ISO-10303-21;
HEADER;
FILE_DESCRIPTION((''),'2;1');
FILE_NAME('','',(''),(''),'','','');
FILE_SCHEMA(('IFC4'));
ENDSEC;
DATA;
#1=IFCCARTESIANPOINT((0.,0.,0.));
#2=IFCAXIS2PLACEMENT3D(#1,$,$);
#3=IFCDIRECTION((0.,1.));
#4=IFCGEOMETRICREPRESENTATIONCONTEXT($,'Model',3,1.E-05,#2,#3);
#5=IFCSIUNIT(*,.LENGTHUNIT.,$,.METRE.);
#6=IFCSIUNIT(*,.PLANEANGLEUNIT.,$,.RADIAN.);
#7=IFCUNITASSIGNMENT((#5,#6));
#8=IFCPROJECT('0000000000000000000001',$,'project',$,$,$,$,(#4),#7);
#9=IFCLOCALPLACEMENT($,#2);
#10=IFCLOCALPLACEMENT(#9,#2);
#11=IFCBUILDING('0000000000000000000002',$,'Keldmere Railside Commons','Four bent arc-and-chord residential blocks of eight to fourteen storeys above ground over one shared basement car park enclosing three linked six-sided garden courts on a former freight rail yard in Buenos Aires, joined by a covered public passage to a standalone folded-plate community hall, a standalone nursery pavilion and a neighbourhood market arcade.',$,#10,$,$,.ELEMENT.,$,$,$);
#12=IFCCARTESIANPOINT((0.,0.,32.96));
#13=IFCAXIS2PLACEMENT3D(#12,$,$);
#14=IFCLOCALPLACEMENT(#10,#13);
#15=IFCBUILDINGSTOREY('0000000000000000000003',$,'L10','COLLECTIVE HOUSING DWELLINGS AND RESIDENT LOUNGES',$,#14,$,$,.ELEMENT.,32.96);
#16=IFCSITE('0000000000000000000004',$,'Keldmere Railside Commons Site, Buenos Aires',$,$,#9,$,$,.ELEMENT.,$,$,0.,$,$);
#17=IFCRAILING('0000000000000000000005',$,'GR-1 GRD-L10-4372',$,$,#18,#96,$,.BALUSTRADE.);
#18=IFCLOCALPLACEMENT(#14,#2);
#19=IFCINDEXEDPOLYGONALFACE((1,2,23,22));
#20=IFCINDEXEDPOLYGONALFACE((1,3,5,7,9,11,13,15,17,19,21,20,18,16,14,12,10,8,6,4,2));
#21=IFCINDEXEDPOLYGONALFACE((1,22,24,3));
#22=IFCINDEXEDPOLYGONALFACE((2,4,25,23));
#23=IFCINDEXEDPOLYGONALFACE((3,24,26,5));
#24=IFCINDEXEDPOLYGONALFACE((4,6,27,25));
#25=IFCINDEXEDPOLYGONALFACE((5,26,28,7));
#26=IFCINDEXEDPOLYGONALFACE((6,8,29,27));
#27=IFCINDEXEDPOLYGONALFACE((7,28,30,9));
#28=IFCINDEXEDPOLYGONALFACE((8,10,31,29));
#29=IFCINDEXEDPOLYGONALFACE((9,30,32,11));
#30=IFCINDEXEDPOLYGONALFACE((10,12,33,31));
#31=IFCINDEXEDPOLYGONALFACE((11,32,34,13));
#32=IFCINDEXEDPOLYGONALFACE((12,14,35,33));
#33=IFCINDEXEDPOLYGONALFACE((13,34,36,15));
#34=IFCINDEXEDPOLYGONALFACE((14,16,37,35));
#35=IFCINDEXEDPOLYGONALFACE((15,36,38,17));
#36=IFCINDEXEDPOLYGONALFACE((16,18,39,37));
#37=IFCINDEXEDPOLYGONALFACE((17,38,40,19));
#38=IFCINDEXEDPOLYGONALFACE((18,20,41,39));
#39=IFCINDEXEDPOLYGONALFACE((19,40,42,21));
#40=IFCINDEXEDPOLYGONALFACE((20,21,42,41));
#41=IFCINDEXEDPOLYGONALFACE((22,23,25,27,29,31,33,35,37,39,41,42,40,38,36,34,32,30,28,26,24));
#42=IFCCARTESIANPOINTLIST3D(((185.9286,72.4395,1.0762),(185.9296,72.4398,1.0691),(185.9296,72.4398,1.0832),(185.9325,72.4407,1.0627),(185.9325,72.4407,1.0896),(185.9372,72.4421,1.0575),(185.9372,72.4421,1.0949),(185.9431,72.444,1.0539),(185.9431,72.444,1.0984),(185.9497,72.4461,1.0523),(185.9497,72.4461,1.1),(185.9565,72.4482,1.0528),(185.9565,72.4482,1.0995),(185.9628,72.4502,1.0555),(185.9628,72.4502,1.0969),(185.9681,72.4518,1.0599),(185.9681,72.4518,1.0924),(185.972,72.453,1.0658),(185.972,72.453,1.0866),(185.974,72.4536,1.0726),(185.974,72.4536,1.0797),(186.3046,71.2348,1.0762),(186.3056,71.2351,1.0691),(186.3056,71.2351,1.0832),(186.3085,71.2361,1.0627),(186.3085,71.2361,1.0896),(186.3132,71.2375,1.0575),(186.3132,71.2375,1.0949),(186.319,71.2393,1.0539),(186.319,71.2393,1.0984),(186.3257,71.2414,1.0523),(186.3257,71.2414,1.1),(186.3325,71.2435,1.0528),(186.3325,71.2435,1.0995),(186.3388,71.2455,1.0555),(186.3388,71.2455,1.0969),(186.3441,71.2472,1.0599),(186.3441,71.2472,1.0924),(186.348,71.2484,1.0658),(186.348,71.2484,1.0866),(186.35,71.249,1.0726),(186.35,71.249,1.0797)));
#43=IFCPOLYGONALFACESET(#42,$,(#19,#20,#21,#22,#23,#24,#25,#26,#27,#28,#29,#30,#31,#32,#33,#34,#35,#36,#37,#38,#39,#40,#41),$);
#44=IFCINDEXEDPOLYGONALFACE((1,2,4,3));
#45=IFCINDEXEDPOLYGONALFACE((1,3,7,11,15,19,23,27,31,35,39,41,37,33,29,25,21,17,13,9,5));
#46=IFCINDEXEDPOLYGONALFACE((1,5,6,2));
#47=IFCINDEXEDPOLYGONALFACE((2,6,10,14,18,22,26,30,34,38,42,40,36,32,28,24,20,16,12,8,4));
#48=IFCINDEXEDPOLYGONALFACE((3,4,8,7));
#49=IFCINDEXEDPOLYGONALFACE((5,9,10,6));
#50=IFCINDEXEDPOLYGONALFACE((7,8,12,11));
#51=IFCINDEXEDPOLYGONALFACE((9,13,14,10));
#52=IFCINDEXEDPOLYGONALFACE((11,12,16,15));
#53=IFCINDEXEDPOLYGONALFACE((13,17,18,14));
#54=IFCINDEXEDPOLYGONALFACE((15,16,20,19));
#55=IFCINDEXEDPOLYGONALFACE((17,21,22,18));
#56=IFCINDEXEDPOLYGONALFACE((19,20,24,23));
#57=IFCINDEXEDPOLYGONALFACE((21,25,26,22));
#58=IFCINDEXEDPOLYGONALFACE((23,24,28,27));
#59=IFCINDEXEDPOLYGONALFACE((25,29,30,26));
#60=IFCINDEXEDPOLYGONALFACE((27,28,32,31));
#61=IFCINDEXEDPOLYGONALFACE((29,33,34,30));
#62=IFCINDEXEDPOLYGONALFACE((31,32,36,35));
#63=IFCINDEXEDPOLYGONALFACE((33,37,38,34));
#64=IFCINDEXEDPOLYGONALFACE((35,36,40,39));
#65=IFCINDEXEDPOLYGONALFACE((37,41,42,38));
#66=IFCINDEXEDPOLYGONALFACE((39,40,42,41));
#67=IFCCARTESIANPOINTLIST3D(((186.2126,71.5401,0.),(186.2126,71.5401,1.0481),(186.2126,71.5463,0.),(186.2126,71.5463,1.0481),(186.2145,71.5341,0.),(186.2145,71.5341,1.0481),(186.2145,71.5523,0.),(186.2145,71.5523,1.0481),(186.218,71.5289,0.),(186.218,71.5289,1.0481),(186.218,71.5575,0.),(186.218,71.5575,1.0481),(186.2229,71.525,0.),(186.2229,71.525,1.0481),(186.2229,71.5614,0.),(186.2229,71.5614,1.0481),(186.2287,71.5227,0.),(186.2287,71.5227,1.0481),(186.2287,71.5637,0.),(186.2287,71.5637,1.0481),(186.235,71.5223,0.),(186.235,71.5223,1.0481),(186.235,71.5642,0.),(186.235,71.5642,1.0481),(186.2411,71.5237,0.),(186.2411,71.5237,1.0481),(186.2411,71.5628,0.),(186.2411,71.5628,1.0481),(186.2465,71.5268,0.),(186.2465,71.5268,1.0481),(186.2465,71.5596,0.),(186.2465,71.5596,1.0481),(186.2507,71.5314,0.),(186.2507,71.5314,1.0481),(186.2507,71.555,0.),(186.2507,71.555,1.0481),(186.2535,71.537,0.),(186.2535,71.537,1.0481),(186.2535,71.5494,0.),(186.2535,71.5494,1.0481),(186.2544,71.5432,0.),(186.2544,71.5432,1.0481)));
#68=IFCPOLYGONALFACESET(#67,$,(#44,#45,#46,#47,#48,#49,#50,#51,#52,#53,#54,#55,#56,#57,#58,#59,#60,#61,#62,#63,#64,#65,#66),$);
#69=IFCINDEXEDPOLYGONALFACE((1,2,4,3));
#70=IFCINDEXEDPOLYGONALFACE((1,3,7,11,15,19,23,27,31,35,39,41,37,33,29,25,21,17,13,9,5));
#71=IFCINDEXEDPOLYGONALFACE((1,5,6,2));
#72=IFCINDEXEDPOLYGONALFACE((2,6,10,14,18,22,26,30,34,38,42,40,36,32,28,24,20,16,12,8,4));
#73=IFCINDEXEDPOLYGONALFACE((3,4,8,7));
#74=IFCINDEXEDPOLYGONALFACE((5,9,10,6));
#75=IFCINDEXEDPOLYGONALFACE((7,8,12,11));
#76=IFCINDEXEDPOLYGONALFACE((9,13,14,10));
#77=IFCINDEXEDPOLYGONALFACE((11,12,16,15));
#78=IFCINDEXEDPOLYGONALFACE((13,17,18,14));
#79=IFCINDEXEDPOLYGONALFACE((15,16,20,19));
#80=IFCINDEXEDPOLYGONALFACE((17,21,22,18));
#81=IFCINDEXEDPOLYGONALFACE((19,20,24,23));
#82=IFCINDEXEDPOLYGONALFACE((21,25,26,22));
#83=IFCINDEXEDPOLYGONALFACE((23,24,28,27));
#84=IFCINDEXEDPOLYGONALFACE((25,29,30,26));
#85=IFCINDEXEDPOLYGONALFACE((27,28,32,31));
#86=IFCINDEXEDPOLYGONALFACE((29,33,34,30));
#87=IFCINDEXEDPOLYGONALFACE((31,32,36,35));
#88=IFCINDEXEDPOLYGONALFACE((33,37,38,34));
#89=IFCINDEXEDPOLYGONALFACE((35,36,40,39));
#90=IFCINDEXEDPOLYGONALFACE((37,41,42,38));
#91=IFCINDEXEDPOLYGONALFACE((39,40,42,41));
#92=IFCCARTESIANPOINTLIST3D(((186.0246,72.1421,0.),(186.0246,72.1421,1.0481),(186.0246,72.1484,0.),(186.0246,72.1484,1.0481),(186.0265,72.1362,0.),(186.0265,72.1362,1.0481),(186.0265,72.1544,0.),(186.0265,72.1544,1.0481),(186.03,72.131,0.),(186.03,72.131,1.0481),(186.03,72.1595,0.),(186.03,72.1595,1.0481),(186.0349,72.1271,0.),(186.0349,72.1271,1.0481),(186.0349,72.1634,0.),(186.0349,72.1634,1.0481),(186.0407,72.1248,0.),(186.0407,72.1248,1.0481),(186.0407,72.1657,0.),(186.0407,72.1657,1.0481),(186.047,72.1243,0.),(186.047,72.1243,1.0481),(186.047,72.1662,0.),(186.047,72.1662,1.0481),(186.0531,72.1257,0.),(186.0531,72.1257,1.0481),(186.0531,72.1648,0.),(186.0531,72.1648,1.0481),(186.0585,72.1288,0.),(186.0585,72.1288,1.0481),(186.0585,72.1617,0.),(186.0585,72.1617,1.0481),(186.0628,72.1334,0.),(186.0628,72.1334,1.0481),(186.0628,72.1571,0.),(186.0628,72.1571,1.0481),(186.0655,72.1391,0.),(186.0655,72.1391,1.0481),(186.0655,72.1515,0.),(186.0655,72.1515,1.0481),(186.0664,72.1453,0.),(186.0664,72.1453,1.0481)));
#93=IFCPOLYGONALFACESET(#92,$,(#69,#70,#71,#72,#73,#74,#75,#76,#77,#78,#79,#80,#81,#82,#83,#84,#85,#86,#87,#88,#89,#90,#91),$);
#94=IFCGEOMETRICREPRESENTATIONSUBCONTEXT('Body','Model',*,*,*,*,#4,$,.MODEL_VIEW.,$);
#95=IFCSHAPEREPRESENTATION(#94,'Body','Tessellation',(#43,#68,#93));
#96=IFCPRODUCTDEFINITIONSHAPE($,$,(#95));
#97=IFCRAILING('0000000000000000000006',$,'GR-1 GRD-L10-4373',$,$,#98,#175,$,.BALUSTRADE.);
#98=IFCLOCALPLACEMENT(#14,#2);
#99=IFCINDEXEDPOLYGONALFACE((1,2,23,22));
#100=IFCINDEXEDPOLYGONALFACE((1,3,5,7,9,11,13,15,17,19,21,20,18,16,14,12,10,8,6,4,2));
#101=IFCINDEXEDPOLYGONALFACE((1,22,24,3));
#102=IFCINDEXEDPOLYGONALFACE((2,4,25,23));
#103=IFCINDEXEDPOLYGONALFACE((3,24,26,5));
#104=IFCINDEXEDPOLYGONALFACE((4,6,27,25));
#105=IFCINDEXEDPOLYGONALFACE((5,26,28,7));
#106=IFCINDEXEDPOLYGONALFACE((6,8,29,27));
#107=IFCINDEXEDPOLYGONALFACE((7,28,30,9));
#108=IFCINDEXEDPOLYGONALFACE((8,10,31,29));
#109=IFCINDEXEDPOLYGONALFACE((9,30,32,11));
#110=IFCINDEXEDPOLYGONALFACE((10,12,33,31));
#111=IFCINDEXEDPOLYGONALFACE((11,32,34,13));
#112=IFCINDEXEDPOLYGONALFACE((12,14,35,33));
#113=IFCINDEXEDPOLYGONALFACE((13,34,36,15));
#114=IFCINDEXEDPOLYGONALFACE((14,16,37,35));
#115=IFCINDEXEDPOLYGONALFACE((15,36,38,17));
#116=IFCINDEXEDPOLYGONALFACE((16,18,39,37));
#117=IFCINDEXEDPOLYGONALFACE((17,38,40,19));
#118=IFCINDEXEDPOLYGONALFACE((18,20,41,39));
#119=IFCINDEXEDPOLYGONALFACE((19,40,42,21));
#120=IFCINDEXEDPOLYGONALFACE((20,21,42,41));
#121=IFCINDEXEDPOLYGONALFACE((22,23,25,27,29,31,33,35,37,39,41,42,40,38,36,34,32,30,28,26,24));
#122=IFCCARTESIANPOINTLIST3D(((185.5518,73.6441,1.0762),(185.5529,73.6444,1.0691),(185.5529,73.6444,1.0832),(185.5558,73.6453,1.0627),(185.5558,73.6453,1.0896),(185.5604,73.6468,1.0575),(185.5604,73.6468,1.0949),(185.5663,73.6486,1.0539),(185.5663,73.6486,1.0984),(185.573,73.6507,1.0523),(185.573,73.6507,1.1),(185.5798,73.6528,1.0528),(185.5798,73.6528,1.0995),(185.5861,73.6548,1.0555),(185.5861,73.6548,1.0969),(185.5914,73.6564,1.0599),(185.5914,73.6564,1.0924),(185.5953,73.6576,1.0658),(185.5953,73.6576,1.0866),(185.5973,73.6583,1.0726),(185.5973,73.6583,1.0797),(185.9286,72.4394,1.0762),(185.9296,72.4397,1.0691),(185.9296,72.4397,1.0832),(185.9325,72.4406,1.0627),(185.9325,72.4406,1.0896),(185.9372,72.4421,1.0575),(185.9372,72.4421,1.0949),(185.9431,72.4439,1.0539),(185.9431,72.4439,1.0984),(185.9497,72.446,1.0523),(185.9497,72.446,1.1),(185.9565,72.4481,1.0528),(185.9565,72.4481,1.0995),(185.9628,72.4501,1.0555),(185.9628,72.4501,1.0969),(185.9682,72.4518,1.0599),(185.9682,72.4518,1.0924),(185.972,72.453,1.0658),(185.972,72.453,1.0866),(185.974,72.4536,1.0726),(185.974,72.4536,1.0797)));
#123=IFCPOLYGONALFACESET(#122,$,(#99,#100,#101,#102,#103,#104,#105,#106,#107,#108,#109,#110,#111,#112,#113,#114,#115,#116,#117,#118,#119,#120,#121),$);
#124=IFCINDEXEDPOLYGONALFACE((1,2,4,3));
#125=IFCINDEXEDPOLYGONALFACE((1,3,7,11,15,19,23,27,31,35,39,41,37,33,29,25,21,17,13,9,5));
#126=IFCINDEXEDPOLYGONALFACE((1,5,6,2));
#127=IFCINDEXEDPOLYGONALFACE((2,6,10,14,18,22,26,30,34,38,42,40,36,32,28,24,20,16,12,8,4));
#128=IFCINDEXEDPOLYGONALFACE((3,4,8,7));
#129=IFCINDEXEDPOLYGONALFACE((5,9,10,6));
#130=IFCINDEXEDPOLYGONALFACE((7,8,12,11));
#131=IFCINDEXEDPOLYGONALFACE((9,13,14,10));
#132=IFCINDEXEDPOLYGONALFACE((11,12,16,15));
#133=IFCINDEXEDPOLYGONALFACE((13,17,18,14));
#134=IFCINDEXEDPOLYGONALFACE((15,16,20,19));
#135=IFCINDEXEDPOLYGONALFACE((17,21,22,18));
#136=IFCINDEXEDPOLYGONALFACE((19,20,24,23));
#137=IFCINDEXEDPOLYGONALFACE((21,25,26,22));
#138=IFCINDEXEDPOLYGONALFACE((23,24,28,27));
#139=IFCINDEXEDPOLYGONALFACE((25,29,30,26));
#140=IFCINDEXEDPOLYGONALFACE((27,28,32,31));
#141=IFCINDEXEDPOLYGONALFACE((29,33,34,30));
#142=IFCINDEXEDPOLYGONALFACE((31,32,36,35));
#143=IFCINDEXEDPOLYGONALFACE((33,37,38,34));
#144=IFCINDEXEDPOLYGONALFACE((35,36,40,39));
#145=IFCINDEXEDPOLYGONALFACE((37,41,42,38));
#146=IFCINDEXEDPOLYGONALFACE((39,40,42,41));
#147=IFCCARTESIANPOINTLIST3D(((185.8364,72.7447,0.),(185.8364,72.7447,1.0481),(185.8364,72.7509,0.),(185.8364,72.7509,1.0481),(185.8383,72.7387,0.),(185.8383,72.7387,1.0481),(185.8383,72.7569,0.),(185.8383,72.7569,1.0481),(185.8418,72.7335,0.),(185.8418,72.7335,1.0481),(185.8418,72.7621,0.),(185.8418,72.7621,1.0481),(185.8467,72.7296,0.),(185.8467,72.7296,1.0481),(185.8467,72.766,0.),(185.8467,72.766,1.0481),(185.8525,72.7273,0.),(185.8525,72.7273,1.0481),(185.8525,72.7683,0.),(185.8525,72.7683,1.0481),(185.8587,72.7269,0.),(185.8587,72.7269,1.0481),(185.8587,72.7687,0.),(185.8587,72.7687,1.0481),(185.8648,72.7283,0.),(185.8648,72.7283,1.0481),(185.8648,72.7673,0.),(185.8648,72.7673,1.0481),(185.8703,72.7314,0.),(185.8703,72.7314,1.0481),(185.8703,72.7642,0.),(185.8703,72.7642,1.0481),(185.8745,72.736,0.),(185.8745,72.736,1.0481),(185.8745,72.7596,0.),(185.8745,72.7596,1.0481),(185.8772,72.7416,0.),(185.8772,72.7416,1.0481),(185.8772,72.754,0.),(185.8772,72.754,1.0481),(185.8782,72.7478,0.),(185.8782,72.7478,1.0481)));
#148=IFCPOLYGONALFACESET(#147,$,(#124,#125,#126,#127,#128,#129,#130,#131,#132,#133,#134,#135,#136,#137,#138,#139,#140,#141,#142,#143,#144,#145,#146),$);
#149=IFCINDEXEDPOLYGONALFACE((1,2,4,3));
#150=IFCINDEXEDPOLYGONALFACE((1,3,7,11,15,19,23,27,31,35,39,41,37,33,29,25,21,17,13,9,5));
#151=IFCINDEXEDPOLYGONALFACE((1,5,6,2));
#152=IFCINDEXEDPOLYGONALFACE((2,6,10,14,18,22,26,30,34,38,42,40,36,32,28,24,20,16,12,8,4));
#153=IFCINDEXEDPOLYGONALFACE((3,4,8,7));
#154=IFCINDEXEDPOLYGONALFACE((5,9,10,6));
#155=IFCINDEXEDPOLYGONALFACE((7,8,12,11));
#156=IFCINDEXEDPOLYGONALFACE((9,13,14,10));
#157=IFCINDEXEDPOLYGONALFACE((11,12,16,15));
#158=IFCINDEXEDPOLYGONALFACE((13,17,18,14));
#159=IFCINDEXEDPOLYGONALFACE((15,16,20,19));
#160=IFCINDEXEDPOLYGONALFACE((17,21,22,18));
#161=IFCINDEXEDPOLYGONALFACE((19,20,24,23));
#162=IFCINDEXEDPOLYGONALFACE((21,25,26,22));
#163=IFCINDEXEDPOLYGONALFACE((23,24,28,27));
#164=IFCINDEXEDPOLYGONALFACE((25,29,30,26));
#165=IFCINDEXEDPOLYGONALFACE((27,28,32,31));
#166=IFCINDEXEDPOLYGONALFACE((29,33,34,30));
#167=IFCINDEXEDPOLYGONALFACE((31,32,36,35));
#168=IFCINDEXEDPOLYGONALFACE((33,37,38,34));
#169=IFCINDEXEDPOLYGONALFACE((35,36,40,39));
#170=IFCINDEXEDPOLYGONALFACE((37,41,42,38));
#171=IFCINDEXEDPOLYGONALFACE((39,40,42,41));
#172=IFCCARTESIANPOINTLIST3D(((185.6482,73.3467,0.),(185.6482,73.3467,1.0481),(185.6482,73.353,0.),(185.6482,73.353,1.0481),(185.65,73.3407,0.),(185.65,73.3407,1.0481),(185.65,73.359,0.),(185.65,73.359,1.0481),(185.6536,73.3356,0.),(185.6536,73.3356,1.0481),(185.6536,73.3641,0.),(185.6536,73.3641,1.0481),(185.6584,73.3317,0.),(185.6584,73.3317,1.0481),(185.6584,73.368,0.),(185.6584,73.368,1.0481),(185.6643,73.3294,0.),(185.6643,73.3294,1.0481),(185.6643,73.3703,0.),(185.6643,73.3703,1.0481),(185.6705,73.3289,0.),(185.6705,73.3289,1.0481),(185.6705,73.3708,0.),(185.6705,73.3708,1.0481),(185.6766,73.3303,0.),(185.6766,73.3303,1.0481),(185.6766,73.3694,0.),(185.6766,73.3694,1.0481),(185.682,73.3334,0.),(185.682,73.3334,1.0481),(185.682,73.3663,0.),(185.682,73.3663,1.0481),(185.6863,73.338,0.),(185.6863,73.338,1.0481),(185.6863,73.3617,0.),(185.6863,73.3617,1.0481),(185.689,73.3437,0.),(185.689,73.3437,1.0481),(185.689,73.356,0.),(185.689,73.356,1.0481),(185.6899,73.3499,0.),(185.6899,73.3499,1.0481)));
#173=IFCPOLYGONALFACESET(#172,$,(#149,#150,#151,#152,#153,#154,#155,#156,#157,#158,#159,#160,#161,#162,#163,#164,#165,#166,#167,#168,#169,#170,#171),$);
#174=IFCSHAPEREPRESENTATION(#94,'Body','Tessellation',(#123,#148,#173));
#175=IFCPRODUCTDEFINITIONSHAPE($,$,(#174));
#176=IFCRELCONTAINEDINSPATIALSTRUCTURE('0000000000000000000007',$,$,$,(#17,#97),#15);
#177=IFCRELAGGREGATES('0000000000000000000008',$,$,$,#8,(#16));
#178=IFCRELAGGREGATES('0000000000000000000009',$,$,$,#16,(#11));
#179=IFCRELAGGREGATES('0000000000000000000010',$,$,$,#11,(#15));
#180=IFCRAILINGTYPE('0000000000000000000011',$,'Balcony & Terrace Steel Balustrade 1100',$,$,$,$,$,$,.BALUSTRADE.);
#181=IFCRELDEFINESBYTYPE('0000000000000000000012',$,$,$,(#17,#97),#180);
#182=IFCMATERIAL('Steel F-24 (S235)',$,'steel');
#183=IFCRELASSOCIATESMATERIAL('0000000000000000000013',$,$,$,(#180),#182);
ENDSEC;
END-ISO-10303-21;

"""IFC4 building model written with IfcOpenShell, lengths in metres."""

from ifc_helpers import new_model, si_unit, direction, frame, origin, origin_2d, place, context, subcontext, project, spatial, circle, extrude, material, type_object, element, save


model = new_model("IFC4")

# Units and contexts
model_context = context("Model", 3, precision=1e-05, world=origin(), true_north=direction((0.0, 1.0)))
body_context = subcontext(model_context, "Body", "Model", "MODEL_VIEW")
ifc_project = project(units=[si_unit("LENGTHUNIT", "METRE"), si_unit("PLANEANGLEUNIT", "RADIAN")], contexts=[model_context])

# Site, building, storey
site_placement = place(None, origin())
site = spatial("IfcSite", under=ifc_project, at=site_placement, Name="Keldmere Railside Commons Site, Buenos Aires", CompositionType="ELEMENT", RefElevation=0.0)
building_placement = place(site_placement, origin())
building = spatial("IfcBuilding", under=site, at=building_placement, Name="Keldmere Railside Commons", Description="Four bent arc-and-chord residential blocks of eight to fourteen storeys above ground over one shared basement car park enclosing three linked six-sided garden courts on a former freight rail yard in Buenos Aires, joined by a covered public passage to a standalone folded-plate community hall, a standalone nursery pavilion and a neighbourhood market arcade.", CompositionType="ELEMENT")
storey_placement = place(building_placement, frame((0.0, 0.0, 32.96)))
storey = spatial("IfcBuildingStorey", under=building, at=storey_placement, Name="L10", Description="COLLECTIVE HOUSING DWELLINGS AND RESIDENT LOUNGES", CompositionType="ELEMENT", Elevation=32.96)

# Shared definitions
ifc_material_1 = material(Name="Steel F-24 (S235)", Category="steel")

# Railings
railing_type_1 = type_object("IfcRailingType", Name="Balcony & Terrace Steel Balustrade 1100", PredefinedType="BALUSTRADE", material=ifc_material_1)
railing_1_placement = place(storey_placement, frame((186.3274, 71.2419, 0.0)))
element("IfcRailing", 1, at=railing_1_placement, inside=storey, type_object=railing_type_1, Name="GR-1 GRD-L10-4372", PredefinedType="BALUSTRADE", context=body_context, shape_type="SweptSolid", body=[
    extrude(circle(Radius=0.0239, at=origin_2d()), frame((0.0, 0.0, 1.0762), z_axis=(-0.297944, 0.954583, 0.0), x_axis=(-0.954583, -0.297944, 0.0)), (0.0, 0.0, 1.0), 1.262),
    extrude(circle(Radius=0.021, at=origin_2d()), frame((-0.094, 0.3013, 0.0)), (0.0, 0.0, 1.0), 1.0481),
    extrude(circle(Radius=0.021, at=origin_2d()), frame((-0.282, 0.9033, 0.0)), (0.0, 0.0, 1.0), 1.0481),
])
railing_2_placement = place(storey_placement, frame((185.9514, 72.4465, 0.0)))
element("IfcRailing", 2, at=railing_2_placement, inside=storey, type_object=railing_type_1, Name="GR-1 GRD-L10-4373", PredefinedType="BALUSTRADE", context=body_context, shape_type="SweptSolid", body=[
    extrude(circle(Radius=0.0239, at=origin_2d()), frame((0.0, 0.0, 1.0762), z_axis=(-0.298473, 0.954418, 0.0), x_axis=(-0.954418, -0.298473, 0.0)), (0.0, 0.0, 1.0), 1.2622),
    extrude(circle(Radius=0.021, at=origin_2d()), frame((-0.0942, 0.3013, 0.0)), (0.0, 0.0, 1.0), 1.0481),
    extrude(circle(Radius=0.021, at=origin_2d()), frame((-0.2825, 0.9033, 0.0)), (0.0, 0.0, 1.0), 1.0481),
])

save(model, "model.ifc")
